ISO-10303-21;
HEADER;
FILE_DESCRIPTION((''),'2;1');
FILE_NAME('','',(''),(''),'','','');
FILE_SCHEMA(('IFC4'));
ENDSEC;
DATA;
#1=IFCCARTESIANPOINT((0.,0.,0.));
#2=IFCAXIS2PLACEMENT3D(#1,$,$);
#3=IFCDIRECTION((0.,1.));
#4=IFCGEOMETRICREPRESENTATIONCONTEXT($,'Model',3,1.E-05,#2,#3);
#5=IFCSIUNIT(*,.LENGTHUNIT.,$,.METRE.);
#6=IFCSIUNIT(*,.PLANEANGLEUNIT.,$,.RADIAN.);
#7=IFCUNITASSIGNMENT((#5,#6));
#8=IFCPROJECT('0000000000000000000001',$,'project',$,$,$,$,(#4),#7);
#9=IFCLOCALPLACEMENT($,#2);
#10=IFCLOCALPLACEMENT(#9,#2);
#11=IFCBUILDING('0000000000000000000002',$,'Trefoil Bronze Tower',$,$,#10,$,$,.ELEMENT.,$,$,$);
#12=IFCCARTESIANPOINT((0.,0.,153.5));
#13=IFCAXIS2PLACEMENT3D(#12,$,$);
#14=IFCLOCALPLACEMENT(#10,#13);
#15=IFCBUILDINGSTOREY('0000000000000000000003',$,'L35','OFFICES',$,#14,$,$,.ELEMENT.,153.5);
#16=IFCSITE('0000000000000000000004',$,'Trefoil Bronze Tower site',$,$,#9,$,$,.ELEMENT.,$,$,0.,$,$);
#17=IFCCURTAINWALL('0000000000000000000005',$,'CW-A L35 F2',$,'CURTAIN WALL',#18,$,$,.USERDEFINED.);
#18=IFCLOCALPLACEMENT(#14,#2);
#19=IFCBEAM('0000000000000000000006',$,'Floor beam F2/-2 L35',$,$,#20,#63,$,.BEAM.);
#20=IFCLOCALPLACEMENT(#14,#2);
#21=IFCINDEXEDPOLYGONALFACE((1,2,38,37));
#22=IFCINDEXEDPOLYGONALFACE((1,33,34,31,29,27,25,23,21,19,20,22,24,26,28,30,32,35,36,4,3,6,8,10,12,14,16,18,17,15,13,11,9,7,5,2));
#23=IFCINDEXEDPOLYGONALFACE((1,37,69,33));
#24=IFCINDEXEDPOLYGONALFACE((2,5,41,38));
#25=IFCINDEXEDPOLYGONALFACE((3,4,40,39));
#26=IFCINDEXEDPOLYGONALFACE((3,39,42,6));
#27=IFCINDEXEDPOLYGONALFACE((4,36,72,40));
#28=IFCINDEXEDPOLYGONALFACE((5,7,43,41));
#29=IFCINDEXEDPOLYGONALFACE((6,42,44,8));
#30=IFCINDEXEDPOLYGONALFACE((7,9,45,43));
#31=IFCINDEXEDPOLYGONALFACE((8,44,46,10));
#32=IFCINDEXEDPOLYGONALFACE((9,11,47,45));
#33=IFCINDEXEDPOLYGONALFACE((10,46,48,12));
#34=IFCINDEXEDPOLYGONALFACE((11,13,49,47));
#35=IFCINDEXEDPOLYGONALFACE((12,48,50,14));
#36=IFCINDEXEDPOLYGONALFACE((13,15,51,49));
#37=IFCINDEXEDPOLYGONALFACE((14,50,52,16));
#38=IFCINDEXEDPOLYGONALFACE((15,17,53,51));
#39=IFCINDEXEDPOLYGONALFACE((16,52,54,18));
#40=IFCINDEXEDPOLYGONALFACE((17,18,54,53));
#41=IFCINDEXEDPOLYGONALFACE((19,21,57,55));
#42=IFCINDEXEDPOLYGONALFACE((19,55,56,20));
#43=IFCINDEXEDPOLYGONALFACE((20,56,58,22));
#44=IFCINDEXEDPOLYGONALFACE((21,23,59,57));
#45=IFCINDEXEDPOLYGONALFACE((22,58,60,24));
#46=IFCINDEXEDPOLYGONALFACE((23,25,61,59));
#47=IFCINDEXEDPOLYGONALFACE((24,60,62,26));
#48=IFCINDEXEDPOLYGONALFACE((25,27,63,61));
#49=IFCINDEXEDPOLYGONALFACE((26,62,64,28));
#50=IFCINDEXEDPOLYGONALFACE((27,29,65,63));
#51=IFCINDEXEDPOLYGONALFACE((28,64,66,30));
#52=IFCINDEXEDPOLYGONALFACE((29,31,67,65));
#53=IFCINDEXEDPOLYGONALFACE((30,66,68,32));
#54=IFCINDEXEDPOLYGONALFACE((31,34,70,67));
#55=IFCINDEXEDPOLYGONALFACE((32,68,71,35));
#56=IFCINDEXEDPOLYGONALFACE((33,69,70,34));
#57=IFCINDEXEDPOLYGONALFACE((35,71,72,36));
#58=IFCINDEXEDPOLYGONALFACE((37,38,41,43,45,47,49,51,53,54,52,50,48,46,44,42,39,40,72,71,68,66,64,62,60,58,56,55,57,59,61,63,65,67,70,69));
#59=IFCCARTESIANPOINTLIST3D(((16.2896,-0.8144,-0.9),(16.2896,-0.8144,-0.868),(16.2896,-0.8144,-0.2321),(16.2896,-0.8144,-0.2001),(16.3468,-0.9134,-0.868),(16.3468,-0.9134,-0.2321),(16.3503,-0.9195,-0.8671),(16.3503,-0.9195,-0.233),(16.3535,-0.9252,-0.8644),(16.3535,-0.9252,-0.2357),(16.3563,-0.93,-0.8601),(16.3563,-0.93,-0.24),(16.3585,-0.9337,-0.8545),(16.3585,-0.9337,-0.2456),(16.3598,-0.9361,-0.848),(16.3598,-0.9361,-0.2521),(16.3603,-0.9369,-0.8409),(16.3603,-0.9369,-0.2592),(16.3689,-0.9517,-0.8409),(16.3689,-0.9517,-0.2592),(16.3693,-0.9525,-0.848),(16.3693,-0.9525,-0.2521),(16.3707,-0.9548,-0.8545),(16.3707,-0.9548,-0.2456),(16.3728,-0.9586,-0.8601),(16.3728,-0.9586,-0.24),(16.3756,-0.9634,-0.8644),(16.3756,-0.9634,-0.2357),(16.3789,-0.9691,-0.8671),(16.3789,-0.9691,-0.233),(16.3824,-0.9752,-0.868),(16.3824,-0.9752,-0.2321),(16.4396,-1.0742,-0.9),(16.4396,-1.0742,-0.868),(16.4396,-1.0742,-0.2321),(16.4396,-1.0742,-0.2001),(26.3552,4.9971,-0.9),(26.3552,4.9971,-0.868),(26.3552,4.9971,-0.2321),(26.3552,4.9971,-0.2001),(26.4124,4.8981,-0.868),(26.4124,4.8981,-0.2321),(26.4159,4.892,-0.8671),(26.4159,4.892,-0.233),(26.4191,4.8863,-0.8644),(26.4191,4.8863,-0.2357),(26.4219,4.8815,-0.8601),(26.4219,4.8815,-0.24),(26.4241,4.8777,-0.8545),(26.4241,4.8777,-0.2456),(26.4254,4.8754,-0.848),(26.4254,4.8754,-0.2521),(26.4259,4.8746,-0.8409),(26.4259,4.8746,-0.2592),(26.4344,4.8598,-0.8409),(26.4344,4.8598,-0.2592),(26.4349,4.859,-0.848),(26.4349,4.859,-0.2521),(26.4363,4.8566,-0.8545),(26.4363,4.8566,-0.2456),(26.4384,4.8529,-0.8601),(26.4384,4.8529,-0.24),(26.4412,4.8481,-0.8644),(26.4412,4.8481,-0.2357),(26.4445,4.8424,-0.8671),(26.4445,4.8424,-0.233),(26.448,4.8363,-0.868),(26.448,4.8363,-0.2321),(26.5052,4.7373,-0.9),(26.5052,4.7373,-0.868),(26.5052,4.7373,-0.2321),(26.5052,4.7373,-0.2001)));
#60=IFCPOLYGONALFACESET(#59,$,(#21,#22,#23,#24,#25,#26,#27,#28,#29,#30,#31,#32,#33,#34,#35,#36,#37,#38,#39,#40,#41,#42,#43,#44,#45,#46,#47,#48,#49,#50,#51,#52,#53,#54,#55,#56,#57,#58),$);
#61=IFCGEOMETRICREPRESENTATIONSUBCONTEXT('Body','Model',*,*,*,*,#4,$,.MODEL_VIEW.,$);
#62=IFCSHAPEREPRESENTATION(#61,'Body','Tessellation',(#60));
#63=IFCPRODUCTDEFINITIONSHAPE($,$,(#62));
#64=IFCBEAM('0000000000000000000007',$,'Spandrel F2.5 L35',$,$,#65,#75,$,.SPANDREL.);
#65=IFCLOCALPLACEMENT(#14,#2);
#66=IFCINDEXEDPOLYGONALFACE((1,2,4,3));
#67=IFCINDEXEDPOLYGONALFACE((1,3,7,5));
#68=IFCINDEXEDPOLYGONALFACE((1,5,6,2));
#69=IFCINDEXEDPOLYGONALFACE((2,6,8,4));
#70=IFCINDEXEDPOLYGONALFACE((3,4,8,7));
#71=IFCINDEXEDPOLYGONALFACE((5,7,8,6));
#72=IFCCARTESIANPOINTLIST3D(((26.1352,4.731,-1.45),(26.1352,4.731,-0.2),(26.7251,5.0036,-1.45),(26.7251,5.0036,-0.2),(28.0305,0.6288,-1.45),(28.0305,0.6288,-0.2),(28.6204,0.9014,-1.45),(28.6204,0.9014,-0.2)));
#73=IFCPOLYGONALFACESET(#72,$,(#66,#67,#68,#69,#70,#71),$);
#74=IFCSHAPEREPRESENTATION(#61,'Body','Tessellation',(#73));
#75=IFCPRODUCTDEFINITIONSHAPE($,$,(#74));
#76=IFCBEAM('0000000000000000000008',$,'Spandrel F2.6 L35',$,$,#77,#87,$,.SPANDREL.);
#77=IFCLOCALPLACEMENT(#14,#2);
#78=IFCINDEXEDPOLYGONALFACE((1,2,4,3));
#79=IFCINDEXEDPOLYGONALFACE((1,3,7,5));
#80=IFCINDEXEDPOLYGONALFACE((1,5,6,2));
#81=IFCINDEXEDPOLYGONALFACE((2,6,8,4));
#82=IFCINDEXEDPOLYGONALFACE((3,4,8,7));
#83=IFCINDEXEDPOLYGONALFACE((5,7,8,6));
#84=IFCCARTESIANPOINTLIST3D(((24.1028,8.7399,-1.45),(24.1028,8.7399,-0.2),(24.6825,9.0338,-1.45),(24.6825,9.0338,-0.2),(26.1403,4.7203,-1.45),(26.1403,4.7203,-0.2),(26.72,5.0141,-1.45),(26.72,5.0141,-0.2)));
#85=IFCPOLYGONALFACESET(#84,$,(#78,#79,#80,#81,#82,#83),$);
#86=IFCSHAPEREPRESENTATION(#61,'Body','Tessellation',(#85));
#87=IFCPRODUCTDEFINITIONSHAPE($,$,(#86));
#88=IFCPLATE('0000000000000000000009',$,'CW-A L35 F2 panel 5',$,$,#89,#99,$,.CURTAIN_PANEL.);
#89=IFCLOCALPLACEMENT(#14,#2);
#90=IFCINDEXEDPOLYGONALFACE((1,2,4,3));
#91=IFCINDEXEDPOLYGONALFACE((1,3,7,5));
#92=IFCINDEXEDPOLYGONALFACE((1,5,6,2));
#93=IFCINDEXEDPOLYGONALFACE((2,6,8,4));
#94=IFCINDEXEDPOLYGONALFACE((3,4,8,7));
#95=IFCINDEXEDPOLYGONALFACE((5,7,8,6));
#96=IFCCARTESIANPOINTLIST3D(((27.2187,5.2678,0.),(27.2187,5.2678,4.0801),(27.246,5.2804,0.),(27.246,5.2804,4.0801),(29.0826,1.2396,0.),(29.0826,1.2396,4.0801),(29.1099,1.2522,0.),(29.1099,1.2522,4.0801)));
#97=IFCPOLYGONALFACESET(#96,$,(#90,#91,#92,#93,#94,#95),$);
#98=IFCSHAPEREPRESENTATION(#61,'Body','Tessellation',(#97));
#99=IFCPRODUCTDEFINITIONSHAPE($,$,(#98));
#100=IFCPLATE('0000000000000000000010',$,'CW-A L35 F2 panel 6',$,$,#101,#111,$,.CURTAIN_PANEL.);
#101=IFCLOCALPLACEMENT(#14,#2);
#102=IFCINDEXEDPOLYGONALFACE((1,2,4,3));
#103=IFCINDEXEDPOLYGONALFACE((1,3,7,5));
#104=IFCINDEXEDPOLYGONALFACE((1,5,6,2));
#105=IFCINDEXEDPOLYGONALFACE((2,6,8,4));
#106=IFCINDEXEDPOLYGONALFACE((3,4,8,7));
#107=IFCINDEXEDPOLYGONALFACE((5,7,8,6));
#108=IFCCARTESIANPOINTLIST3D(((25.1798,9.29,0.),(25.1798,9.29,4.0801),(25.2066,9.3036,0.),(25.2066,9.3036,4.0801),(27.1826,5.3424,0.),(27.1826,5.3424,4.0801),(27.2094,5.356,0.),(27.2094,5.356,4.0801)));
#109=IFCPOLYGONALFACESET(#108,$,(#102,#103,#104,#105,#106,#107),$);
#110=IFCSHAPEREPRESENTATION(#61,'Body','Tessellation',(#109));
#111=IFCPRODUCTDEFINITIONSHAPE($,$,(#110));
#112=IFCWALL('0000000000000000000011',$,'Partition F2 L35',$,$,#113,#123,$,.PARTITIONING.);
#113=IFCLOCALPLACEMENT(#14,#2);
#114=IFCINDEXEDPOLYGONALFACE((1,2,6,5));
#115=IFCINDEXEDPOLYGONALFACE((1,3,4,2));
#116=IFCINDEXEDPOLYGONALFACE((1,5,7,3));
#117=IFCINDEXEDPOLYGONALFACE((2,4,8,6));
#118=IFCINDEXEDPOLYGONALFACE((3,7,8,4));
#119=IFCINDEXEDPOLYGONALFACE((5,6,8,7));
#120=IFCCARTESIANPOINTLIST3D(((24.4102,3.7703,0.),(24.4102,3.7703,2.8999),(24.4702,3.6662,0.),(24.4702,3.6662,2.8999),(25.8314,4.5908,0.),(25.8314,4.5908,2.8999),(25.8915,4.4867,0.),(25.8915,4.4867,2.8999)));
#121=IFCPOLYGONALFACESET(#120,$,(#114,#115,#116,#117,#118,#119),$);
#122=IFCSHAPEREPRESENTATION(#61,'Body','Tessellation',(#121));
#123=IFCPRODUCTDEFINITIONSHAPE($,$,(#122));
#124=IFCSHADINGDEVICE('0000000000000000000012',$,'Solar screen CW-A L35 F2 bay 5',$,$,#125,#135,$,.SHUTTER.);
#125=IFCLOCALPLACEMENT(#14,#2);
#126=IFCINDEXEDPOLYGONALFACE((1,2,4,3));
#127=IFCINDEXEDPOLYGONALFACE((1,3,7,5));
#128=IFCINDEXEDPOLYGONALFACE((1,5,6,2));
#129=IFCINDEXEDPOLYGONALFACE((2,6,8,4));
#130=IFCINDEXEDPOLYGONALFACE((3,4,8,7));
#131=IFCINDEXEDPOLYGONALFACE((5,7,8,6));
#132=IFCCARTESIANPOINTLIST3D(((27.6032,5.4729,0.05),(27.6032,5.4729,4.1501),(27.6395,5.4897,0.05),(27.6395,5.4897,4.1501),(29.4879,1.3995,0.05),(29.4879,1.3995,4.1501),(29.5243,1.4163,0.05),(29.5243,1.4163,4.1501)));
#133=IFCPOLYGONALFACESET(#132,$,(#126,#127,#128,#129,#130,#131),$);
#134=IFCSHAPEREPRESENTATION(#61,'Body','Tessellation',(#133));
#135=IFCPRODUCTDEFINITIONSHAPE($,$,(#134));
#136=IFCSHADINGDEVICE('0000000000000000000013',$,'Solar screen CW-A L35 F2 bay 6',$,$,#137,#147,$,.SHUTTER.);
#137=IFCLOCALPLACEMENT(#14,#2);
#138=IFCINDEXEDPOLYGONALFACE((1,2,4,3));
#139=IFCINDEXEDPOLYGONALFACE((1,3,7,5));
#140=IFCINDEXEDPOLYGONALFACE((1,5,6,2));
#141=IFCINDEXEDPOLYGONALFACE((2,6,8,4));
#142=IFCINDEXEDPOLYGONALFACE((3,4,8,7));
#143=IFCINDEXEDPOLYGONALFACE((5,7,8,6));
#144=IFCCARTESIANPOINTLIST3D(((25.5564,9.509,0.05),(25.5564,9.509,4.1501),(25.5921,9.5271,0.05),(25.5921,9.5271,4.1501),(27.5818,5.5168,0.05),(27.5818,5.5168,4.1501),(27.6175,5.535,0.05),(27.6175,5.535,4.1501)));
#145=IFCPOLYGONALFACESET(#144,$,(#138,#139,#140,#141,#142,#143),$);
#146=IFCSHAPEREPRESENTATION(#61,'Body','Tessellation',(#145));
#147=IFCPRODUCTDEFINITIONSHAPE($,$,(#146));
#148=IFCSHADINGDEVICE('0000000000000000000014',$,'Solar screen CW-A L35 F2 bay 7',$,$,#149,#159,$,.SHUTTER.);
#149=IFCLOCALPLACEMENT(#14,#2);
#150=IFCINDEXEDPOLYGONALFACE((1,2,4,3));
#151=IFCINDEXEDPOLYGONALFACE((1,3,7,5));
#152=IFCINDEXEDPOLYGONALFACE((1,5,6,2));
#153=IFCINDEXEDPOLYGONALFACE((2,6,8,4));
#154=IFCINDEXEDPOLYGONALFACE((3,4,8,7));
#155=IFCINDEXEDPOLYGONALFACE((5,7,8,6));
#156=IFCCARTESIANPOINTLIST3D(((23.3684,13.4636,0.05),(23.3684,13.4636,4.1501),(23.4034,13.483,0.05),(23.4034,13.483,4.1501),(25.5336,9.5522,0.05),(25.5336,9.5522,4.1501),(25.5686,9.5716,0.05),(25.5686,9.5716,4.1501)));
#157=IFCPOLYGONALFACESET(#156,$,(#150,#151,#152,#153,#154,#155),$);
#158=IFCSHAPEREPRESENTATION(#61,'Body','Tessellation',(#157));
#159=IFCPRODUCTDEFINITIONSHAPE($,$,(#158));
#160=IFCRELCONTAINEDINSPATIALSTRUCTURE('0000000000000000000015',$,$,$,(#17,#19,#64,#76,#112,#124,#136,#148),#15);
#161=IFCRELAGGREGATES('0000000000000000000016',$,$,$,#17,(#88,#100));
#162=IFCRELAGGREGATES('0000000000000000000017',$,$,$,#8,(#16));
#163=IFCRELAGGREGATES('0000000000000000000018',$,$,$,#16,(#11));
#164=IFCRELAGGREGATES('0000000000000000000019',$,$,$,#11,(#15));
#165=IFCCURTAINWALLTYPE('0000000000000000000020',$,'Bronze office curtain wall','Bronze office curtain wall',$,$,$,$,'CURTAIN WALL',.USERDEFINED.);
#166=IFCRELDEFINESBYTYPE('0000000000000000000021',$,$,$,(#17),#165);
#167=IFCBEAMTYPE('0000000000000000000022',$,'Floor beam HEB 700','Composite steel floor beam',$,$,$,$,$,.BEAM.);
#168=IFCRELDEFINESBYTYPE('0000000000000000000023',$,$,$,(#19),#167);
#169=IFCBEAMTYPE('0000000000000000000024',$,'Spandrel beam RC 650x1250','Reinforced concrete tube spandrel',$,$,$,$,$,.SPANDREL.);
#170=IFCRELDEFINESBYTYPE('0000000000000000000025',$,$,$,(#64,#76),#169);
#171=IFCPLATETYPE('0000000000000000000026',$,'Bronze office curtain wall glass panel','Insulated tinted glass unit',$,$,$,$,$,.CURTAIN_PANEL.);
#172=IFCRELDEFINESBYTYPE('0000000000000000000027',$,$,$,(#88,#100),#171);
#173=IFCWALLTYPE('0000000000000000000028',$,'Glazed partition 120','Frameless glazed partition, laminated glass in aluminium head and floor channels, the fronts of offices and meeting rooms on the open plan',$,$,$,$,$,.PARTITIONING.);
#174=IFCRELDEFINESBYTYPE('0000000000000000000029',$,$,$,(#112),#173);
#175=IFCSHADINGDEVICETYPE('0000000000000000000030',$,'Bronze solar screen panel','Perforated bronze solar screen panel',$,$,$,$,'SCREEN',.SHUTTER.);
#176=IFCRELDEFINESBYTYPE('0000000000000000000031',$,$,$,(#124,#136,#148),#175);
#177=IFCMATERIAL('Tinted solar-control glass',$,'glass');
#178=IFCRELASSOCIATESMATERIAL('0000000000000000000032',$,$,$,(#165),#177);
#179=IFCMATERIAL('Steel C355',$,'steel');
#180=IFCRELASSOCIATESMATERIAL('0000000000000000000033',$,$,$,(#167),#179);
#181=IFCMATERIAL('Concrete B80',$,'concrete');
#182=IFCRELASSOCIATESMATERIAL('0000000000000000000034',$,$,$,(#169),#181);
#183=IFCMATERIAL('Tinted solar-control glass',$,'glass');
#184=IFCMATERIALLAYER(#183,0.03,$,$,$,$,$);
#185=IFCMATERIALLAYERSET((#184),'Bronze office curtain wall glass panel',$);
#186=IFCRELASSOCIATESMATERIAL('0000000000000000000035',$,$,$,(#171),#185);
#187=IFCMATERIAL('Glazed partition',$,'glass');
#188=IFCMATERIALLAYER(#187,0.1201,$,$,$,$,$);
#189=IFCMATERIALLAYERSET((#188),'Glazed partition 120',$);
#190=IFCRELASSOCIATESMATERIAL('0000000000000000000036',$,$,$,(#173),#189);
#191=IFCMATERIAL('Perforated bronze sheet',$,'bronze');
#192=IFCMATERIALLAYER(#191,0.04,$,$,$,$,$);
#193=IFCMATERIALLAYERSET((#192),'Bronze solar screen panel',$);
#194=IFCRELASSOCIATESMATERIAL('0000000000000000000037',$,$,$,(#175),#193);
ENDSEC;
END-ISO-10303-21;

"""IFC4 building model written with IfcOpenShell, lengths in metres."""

from ifc_helpers import new_model, si_unit, direction, frame, frame_2d, origin, origin_2d, place, context, subcontext, project, spatial, rectangle, i_section, extrude, material, layer, layer_set, material_profile, profile_set, type_object, element, aggregate, save


model = new_model("IFC4")

# Units and contexts
model_context = context("Model", 3, precision=1e-05, world=origin(), true_north=direction((0.0, 1.0)))
body_context = subcontext(model_context, "Body", "Model", "MODEL_VIEW")
ifc_project = project(units=[si_unit("LENGTHUNIT", "METRE"), si_unit("PLANEANGLEUNIT", "RADIAN")], contexts=[model_context])

# Site, building, storey
site_placement = place(None, origin())
site = spatial("IfcSite", under=ifc_project, at=site_placement, Name="Trefoil Bronze Tower site", CompositionType="ELEMENT", RefElevation=0.0)
building_placement = place(site_placement, origin())
building = spatial("IfcBuilding", under=site, at=building_placement, Name="Trefoil Bronze Tower", CompositionType="ELEMENT")
storey_placement = place(building_placement, frame((0.0, 0.0, 153.5)))
storey = spatial("IfcBuildingStorey", under=building, at=storey_placement, Name="L35", Description="OFFICES", CompositionType="ELEMENT", Elevation=153.5)

# Curtain wall
ifc_material_1 = material(Name="Tinted solar-control glass", Category="glass")
curtain_wall_type = type_object("IfcCurtainWallType", Name="Bronze office curtain wall", Description="Bronze office curtain wall", ElementType="CURTAIN WALL", PredefinedType="USERDEFINED", material=ifc_material_1)
curtain_wall_placement = place(storey_placement, origin())
curtain_wall = element("IfcCurtainWall", 1, at=curtain_wall_placement, inside=storey, type_object=curtain_wall_type, Name="CW-A L35 F2", ObjectType="CURTAIN WALL", PredefinedType="USERDEFINED")

# Beams
ifc_material_2 = material(Name="Steel C355", Category="steel")
ifc_material_profile_1 = material_profile(ifc_material_2, i_section(OverallWidth=0.3, OverallDepth=0.7, WebThickness=0.0171, FlangeThickness=0.032, FilletRadius=0.0271, at=origin_2d()), Name="HEB 700")
ifc_profile_set_1 = profile_set([ifc_material_profile_1], Name="Steel C355")
beam_type_1 = type_object("IfcBeamType", Name="Floor beam HEB 700", Description="Composite steel floor beam", PredefinedType="BEAM", material=ifc_profile_set_1)
beam_1_placement = place(storey_placement, frame((26.4302, 4.8672, -0.55), z_axis=(-0.866022, -0.500007, 0.0), x_axis=(0.500007, -0.866022, 0.0)))
element("IfcBeam", 2, at=beam_1_placement, inside=storey, type_object=beam_type_1, Name="Floor beam F2/-2 L35", PredefinedType="BEAM", context=body_context, shape_type="SweptSolid", body=[
    extrude(i_section(OverallWidth=0.3, OverallDepth=0.7, WebThickness=0.0171, FlangeThickness=0.032, FilletRadius=0.0271, at=origin_2d()), origin(), (0.0, 0.0, 1.0), 11.6228),
])
ifc_material_3 = material(Name="Concrete B80", Category="concrete")
ifc_material_profile_2 = material_profile(ifc_material_3, rectangle(XDim=0.6499, YDim=1.25, at=origin_2d()), Name="RC 650x1250")
ifc_profile_set_2 = profile_set([ifc_material_profile_2], Name="Concrete B80")
beam_type_2 = type_object("IfcBeamType", Name="Spandrel beam RC 650x1250", Description="Reinforced concrete tube spandrel", PredefinedType="SPANDREL", material=ifc_profile_set_2)
beam_2_placement = place(storey_placement, frame((28.3254, 0.7651, -0.825), z_axis=(-0.419425, 0.90779, 0.0), x_axis=(-0.90779, -0.419425, 0.0)))
element("IfcBeam", 3, at=beam_2_placement, inside=storey, type_object=beam_type_2, Name="Spandrel F2.5 L35", PredefinedType="SPANDREL", context=body_context, shape_type="SweptSolid", body=[
    extrude(rectangle(XDim=0.6499, YDim=1.25, at=origin_2d()), origin(), (0.0, 0.0, 1.0), 4.5188),
])
beam_3_placement = place(storey_placement, frame((26.4302, 4.8672, -0.825), z_axis=(-0.452126, 0.891954, 0.0), x_axis=(-0.891954, -0.452126, 0.0)))
element("IfcBeam", 4, at=beam_3_placement, inside=storey, type_object=beam_type_2, Name="Spandrel F2.6 L35", PredefinedType="SPANDREL", context=body_context, shape_type="SweptSolid", body=[
    extrude(rectangle(XDim=0.6499, YDim=1.25, at=origin_2d()), origin(), (0.0, 0.0, 1.0), 4.5066),
])

# Plates
ifc_material_4 = material(Name="Tinted solar-control glass", Category="glass")
ifc_layer_1 = layer(ifc_material_4, 0.03)
ifc_layer_set_1 = layer_set([ifc_layer_1], Name="Bronze office curtain wall glass panel")
plate_type = type_object("IfcPlateType", Name="Bronze office curtain wall glass panel", Description="Insulated tinted glass unit", PredefinedType="CURTAIN_PANEL", material=ifc_layer_set_1)
plate_1_placement = place(storey_placement, frame((28.1643, 3.26, 0.0), z_axis=(0.0, 0.0, 1.0), x_axis=(-0.419933, 0.907555, 0.0)))
plate_1 = element("IfcPlate", 5, at=plate_1_placement, type_object=plate_type, Name="CW-A L35 F2 panel 5", PredefinedType="CURTAIN_PANEL", context=body_context, shape_type="SweptSolid", body=[
    extrude(rectangle(XDim=4.4385, YDim=0.03, at=origin_2d()), origin(), (0.0, 0.0, 1.0), 4.0801),
])
plate_2_placement = place(storey_placement, frame((26.1946, 7.323, 0.0), z_axis=(0.0, 0.0, 1.0), x_axis=(-0.452449, 0.89179, 0.0)))
plate_2 = element("IfcPlate", 6, at=plate_2_placement, type_object=plate_type, Name="CW-A L35 F2 panel 6", PredefinedType="CURTAIN_PANEL", context=body_context, shape_type="SweptSolid", body=[
    extrude(rectangle(XDim=4.4265, YDim=0.03, at=origin_2d()), origin(), (0.0, 0.0, 1.0), 4.0801),
])
aggregate(curtain_wall, [plate_1, plate_2])

# Wall
ifc_material_5 = material(Name="Glazed partition", Category="glass")
ifc_layer_2 = layer(ifc_material_5, 0.1201)
ifc_layer_set_2 = layer_set([ifc_layer_2], Name="Glazed partition 120")
wall_type = type_object("IfcWallType", Name="Glazed partition 120", Description="Frameless glazed partition, laminated glass in aluminium head and floor channels, the fronts of offices and meeting rooms on the open plan", PredefinedType="PARTITIONING", material=ifc_layer_set_2)
wall_placement = place(storey_placement, frame((24.4402, 3.7183, 0.0), z_axis=(0.0, 0.0, 1.0), x_axis=(0.866047, 0.499963, 0.0)))
element("IfcWall", 7, at=wall_placement, inside=storey, type_object=wall_type, Name="Partition F2 L35", PredefinedType="PARTITIONING", context=body_context, shape_type="SweptSolid", body=[
    extrude(rectangle(XDim=1.6411, YDim=0.1201, at=frame_2d((0.8206, 0.0))), origin(), (0.0, 0.0, 1.0), 2.8999),
])

# Shading devices
ifc_material_6 = material(Name="Perforated bronze sheet", Category="bronze")
ifc_layer_3 = layer(ifc_material_6, 0.04)
ifc_layer_set_3 = layer_set([ifc_layer_3], Name="Bronze solar screen panel")
shading_device_type = type_object("IfcShadingDeviceType", Name="Bronze solar screen panel", Description="Perforated bronze solar screen panel", ElementType="SCREEN", PredefinedType="SHUTTER", material=ifc_layer_set_3)
shading_device_1_placement = place(storey_placement, frame((28.5637, 3.4446, 0.05), z_axis=(0.0, 0.0, 1.0), x_axis=(-0.419933, 0.907555, 0.0)))
element("IfcShadingDevice", 8, at=shading_device_1_placement, inside=storey, type_object=shading_device_type, Name="Solar screen CW-A L35 F2 bay 5", PredefinedType="SHUTTER", context=body_context, shape_type="SweptSolid", body=[
    extrude(rectangle(XDim=4.4883, YDim=0.04, at=origin_2d()), origin(), (0.0, 0.0, 1.0), 4.1001),
])
shading_device_2_placement = place(storey_placement, frame((26.5869, 7.522, 0.05), z_axis=(0.0, 0.0, 1.0), x_axis=(-0.452449, 0.89179, 0.0)))
element("IfcShadingDevice", 9, at=shading_device_2_placement, inside=storey, type_object=shading_device_type, Name="Solar screen CW-A L35 F2 bay 6", PredefinedType="SHUTTER", context=body_context, shape_type="SweptSolid", body=[
    extrude(rectangle(XDim=4.4766, YDim=0.04, at=origin_2d()), origin(), (0.0, 0.0, 1.0), 4.1001),
])
shading_device_3_placement = place(storey_placement, frame((24.4685, 11.5176, 0.05), z_axis=(0.0, 0.0, 1.0), x_axis=(-0.484312, 0.874895, 0.0)))
element("IfcShadingDevice", 10, at=shading_device_3_placement, inside=storey, type_object=shading_device_type, Name="Solar screen CW-A L35 F2 bay 7", PredefinedType="SHUTTER", context=body_context, shape_type="SweptSolid", body=[
    extrude(rectangle(XDim=4.4707, YDim=0.04, at=origin_2d()), origin(), (0.0, 0.0, 1.0), 4.1001),
])

save(model, "model.ifc")
